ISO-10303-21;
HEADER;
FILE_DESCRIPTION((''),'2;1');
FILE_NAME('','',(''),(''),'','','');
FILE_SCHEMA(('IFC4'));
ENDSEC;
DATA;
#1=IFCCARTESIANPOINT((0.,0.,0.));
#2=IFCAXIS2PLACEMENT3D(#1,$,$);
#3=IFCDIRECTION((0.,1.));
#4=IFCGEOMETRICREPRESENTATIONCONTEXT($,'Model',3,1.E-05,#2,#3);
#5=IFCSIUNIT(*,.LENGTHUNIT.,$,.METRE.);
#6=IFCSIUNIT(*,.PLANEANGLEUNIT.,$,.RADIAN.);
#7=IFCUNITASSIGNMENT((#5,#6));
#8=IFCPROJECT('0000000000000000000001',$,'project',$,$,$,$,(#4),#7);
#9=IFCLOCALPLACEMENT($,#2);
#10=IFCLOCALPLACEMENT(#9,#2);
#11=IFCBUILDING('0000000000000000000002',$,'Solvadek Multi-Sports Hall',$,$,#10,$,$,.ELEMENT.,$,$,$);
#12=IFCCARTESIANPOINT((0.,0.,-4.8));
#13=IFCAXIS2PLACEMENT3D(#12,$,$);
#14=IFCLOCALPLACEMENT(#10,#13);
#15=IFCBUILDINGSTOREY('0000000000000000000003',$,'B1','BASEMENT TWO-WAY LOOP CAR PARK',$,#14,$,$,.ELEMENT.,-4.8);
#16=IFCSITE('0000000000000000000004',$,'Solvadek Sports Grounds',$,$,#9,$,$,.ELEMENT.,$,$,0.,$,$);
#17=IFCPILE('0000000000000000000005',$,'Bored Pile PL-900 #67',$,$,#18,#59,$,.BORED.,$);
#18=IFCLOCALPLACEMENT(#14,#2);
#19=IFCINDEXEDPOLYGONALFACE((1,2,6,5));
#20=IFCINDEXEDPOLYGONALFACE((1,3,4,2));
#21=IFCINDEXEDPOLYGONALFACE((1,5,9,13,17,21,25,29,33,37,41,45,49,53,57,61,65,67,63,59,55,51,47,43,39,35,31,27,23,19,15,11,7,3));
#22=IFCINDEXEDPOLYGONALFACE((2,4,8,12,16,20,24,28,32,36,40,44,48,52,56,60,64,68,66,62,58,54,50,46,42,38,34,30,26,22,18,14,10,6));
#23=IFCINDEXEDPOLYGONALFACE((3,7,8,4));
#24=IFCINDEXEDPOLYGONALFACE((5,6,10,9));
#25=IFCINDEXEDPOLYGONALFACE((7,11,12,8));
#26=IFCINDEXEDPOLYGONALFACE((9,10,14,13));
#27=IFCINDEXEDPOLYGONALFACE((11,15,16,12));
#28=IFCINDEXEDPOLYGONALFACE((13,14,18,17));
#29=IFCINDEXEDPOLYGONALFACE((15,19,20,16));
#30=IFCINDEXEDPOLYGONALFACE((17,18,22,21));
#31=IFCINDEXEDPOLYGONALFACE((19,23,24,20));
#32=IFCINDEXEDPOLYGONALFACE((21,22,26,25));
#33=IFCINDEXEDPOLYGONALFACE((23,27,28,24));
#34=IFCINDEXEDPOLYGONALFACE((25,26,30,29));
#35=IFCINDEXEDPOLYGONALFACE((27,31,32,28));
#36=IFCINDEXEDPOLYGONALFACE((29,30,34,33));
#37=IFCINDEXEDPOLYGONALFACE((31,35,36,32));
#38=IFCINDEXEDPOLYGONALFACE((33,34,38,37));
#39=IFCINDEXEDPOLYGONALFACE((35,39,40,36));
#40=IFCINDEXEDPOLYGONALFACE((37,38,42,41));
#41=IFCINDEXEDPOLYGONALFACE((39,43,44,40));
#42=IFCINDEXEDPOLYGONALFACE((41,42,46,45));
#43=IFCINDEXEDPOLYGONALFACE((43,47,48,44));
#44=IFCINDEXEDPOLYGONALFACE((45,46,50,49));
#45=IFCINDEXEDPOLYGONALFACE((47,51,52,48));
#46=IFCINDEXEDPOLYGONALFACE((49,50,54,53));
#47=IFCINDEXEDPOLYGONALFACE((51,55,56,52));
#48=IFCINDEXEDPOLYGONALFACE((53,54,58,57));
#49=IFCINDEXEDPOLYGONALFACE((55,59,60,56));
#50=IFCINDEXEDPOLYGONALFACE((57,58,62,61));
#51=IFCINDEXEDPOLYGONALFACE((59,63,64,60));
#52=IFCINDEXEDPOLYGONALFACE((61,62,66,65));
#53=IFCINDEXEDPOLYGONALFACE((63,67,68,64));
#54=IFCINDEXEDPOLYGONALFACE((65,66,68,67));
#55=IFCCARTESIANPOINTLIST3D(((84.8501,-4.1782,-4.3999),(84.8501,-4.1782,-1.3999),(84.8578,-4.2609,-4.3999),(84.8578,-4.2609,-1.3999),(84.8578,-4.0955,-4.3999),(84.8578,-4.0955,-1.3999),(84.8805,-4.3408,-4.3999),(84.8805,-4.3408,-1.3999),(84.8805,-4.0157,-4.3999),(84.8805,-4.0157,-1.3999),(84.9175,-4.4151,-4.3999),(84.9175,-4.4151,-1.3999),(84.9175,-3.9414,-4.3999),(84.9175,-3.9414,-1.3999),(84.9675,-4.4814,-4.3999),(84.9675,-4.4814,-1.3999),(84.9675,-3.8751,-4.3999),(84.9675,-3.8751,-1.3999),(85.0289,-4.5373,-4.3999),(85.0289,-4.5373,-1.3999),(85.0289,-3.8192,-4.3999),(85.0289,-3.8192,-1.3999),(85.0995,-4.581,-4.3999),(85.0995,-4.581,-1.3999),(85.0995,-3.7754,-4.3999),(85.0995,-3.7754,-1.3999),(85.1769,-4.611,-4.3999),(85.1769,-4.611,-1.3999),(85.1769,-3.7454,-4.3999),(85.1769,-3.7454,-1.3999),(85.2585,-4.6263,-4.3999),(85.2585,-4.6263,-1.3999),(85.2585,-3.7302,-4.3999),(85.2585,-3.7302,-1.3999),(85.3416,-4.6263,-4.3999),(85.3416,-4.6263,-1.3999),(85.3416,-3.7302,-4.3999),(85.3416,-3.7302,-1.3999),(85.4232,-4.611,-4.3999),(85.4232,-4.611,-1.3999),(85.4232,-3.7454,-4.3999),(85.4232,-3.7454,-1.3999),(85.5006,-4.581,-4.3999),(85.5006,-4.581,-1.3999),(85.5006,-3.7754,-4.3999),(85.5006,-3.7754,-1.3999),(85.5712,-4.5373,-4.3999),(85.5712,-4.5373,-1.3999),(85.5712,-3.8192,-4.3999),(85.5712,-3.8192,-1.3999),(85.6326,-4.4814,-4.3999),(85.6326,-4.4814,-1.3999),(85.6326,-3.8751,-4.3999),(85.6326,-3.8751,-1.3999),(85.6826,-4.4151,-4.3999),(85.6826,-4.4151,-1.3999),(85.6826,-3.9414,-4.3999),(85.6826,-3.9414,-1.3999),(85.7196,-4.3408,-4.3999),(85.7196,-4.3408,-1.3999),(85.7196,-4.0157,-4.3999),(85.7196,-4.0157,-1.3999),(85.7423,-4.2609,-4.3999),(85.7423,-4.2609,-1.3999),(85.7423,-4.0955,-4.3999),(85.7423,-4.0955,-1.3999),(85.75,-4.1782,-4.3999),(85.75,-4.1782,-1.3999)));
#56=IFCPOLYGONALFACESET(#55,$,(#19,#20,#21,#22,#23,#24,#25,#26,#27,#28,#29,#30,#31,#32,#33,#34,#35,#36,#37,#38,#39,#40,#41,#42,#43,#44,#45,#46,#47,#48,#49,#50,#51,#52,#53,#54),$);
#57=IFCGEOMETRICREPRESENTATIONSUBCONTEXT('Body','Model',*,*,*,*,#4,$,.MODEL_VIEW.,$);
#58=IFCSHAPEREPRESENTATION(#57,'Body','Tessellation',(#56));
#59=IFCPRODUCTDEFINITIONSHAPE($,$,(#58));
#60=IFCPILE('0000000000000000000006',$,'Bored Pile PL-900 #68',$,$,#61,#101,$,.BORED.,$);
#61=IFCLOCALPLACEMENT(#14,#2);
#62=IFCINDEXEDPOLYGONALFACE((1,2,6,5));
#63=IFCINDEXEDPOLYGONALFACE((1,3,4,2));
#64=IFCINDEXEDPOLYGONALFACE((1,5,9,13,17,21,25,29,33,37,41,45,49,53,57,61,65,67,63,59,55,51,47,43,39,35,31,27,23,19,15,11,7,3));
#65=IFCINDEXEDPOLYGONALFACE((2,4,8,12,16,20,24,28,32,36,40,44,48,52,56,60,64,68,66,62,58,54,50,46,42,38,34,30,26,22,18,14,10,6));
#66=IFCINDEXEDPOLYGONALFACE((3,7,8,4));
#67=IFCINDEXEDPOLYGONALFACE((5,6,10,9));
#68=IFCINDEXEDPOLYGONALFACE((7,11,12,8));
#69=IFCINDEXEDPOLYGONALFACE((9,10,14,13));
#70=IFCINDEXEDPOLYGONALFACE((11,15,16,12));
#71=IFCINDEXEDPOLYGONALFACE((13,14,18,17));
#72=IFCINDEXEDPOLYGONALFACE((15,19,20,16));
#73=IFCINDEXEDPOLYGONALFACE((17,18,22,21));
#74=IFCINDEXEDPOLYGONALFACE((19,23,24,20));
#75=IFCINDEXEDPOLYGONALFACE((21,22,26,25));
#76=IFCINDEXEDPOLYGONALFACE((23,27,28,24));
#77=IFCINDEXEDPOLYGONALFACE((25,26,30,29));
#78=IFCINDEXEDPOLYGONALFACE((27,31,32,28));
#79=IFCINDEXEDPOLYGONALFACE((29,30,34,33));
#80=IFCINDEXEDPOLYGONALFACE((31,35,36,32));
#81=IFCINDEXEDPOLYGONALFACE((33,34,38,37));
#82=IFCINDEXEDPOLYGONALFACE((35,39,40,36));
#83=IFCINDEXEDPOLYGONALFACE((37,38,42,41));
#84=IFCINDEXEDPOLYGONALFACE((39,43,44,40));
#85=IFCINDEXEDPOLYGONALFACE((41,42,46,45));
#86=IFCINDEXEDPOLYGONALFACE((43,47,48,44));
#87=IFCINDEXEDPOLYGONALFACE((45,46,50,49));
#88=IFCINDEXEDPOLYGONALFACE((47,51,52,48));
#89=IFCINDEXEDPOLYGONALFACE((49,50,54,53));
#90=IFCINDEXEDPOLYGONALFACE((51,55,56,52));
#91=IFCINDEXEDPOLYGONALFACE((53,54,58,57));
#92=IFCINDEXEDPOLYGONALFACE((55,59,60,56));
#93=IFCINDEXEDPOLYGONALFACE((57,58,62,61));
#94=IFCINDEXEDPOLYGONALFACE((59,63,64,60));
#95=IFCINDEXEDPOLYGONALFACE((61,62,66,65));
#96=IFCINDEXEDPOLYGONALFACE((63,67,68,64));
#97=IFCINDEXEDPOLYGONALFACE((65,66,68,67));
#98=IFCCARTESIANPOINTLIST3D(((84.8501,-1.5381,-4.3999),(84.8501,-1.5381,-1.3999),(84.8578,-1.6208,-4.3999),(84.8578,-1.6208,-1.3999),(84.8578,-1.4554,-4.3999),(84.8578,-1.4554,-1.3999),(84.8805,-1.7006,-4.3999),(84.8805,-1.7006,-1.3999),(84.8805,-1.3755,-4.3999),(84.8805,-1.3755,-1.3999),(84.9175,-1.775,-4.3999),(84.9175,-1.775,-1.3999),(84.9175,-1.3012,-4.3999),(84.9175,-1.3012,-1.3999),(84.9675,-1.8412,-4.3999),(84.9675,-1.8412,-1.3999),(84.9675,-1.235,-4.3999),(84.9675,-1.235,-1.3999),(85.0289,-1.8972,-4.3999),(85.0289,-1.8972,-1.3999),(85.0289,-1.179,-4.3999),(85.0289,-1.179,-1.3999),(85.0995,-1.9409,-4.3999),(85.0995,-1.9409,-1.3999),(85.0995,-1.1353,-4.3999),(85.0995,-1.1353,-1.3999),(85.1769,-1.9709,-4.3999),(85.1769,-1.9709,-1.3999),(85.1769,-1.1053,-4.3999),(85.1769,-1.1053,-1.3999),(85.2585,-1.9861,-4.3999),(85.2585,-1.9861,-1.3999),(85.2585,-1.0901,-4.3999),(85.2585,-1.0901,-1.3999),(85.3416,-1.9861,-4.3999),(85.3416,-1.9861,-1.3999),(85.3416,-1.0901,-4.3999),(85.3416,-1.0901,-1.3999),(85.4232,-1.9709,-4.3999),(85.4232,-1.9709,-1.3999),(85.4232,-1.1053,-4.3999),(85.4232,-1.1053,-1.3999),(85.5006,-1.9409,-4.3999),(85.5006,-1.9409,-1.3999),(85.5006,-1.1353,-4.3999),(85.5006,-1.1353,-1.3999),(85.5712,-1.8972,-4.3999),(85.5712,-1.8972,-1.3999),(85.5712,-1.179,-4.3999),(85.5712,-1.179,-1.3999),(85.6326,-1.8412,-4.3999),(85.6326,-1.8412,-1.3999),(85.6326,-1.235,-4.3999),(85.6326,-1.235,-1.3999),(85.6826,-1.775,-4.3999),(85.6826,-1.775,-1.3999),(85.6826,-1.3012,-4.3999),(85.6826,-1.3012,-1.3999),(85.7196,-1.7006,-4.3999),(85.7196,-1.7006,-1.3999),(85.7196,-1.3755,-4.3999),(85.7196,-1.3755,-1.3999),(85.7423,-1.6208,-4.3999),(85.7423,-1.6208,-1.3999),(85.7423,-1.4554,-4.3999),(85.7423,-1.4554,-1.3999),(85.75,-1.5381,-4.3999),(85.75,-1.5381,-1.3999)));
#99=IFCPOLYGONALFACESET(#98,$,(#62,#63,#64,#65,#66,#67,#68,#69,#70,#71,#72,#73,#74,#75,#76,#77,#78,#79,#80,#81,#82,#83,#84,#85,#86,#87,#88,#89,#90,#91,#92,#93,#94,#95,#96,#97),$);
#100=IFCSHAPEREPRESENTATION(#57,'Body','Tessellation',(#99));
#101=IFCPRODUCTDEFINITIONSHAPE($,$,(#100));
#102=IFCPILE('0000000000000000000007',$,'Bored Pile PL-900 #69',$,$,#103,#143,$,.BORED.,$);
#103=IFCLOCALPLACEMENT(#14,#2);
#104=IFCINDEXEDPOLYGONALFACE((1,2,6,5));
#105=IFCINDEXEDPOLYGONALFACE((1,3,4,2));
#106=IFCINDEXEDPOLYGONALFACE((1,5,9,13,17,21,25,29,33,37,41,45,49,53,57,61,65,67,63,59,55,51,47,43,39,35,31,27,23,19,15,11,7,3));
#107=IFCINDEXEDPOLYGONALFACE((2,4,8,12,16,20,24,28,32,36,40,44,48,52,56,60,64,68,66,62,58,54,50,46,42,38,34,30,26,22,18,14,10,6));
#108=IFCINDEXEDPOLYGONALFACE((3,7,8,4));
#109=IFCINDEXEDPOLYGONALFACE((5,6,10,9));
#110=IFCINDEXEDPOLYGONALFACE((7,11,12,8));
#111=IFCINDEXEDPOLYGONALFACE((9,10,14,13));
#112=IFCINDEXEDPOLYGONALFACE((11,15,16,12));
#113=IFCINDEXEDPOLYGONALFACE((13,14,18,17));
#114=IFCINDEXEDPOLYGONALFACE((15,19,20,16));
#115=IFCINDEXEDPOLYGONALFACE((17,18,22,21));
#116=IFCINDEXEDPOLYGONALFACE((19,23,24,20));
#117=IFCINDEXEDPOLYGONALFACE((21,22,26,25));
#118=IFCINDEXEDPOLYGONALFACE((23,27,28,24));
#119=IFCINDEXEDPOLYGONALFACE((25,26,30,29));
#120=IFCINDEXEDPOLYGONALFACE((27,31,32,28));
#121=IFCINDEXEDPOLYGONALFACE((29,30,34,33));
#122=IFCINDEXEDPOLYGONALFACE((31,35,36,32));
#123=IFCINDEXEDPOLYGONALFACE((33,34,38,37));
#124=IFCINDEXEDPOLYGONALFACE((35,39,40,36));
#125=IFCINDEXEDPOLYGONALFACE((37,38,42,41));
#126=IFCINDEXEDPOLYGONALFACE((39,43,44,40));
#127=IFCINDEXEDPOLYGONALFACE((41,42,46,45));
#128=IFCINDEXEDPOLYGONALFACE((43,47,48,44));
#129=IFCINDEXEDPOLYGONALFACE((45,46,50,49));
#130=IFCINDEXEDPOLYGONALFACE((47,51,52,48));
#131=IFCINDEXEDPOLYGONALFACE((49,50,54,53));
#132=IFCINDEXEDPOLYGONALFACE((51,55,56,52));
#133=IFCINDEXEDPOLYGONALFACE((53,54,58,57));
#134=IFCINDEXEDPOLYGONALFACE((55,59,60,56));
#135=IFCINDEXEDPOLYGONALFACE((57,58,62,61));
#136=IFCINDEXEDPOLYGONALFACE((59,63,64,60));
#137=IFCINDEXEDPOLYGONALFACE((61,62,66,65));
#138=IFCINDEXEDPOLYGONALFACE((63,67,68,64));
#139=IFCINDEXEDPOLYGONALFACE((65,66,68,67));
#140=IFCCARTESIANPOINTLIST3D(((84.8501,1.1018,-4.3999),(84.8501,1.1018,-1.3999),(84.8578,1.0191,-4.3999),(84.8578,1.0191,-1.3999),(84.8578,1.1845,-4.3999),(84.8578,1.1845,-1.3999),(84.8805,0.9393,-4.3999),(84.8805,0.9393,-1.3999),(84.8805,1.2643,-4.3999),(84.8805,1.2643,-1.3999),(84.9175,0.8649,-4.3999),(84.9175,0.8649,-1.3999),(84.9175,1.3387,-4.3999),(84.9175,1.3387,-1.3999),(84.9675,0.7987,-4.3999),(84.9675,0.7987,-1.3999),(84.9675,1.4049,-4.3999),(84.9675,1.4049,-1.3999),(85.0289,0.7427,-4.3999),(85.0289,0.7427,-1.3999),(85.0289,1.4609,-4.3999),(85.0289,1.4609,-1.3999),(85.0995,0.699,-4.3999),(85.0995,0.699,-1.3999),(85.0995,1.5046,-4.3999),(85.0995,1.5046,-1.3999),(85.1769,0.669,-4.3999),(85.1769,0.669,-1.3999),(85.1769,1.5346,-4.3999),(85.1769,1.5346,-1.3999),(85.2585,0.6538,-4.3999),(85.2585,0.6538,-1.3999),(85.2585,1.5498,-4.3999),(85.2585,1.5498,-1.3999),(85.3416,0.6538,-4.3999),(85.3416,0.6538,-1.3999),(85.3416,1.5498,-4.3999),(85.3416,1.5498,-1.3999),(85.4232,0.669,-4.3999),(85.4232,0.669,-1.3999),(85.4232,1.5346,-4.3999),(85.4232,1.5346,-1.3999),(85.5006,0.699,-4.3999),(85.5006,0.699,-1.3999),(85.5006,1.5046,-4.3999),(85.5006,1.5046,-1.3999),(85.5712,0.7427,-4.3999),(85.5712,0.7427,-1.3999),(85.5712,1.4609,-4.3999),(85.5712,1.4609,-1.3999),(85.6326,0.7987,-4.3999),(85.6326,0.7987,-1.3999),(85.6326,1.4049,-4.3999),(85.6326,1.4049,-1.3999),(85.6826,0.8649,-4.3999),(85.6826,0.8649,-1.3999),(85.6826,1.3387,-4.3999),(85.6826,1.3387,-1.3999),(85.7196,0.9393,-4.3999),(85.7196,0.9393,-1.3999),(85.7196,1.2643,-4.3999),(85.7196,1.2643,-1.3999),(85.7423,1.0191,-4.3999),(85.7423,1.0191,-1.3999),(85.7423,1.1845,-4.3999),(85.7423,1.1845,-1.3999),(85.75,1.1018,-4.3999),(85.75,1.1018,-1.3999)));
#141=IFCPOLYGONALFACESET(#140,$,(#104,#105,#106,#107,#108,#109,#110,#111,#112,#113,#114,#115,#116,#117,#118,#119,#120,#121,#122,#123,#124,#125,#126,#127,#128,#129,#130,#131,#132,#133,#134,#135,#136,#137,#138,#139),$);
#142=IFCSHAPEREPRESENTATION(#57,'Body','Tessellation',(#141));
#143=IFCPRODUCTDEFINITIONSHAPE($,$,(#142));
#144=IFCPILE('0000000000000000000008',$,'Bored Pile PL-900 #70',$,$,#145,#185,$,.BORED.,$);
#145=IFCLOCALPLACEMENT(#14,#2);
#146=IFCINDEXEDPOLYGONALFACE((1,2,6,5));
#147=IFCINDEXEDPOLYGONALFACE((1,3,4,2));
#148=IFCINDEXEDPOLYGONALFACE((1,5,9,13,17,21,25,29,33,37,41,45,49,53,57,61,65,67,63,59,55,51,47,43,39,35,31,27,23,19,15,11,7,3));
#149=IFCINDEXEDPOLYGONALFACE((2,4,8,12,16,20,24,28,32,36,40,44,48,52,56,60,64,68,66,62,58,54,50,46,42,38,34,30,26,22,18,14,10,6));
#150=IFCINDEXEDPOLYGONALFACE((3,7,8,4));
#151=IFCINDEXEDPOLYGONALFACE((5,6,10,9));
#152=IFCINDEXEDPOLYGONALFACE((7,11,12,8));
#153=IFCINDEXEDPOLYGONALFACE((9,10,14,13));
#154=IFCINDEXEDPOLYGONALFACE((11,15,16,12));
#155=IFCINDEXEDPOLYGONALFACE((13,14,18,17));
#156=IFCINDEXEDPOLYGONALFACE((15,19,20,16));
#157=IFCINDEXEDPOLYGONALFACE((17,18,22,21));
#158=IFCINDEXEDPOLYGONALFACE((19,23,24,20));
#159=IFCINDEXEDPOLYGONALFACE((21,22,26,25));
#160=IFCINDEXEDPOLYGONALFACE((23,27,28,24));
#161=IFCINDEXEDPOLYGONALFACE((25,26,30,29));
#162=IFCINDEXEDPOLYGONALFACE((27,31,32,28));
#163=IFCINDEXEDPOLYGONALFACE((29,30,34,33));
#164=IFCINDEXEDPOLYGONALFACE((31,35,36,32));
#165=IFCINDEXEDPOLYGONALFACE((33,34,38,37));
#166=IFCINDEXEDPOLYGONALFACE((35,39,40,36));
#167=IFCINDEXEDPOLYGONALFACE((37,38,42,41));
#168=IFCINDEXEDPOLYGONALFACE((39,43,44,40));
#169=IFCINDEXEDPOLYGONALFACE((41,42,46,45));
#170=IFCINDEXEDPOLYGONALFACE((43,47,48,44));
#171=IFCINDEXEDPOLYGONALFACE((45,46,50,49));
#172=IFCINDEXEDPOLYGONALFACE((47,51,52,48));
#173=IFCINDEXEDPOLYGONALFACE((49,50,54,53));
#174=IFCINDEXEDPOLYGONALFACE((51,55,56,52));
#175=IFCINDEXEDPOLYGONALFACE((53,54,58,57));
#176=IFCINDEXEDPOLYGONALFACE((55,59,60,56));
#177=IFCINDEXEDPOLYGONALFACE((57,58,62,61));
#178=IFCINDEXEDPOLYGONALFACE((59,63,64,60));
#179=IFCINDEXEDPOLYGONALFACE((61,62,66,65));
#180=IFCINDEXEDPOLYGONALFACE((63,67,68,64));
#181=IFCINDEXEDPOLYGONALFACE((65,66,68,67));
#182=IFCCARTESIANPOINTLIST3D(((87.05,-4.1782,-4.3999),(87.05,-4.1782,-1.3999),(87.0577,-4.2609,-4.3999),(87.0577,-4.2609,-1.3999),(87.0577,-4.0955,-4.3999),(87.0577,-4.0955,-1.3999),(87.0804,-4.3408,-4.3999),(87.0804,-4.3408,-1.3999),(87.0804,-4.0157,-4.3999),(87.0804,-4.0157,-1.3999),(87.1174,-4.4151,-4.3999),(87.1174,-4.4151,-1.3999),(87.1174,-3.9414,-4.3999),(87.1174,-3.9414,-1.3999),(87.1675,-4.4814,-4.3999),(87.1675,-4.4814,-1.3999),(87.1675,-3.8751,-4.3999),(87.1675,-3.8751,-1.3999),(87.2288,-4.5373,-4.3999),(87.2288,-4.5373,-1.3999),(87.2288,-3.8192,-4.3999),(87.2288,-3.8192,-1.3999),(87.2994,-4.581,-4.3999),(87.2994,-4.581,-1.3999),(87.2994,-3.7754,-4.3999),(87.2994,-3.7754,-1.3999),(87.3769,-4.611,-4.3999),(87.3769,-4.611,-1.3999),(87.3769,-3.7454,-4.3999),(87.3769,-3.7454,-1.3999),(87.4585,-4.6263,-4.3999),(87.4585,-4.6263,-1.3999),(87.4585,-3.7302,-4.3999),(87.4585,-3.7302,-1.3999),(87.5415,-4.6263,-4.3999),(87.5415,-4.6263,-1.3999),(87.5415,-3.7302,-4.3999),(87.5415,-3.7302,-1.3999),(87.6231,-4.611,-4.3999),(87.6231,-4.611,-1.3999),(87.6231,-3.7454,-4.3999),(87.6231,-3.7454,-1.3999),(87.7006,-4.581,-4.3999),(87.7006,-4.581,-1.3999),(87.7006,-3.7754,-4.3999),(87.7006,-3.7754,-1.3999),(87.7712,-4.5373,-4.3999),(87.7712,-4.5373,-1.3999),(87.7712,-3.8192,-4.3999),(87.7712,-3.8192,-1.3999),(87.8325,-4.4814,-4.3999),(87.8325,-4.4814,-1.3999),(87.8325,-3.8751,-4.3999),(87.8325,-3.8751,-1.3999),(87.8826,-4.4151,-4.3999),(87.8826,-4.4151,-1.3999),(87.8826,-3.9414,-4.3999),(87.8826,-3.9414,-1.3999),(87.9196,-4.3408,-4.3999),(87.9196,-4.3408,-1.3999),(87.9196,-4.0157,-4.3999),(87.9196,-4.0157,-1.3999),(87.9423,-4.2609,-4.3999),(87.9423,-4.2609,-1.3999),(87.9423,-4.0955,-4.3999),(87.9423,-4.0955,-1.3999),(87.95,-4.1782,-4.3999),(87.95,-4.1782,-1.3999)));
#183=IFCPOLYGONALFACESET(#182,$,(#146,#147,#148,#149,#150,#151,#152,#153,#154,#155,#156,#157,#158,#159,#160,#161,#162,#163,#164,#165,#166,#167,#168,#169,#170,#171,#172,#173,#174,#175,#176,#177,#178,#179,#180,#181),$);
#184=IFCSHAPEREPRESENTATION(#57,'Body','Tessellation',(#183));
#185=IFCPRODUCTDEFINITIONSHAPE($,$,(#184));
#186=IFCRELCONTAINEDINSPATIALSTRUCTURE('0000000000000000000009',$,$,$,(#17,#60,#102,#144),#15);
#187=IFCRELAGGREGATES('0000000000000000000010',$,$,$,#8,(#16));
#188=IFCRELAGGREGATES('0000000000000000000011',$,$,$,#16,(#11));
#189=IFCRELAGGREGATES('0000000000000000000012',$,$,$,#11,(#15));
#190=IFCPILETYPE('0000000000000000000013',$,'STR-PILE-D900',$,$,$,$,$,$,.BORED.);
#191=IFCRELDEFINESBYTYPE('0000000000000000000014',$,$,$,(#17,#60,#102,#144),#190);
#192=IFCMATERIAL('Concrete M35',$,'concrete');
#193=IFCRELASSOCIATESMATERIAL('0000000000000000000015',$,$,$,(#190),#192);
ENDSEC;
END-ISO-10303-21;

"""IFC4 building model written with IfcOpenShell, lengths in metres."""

from ifc_helpers import new_model, si_unit, direction, frame, origin, origin_2d, place, context, subcontext, project, spatial, circle, extrude, material, material_profile, profile_set, type_object, element, save


model = new_model("IFC4")

# Units and contexts
model_context = context("Model", 3, precision=1e-05, world=origin(), true_north=direction((0.0, 1.0)))
body_context = subcontext(model_context, "Body", "Model", "MODEL_VIEW")
ifc_project = project(units=[si_unit("LENGTHUNIT", "METRE"), si_unit("PLANEANGLEUNIT", "RADIAN")], contexts=[model_context])

# Site, building, storey
site_placement = place(None, origin())
site = spatial("IfcSite", under=ifc_project, at=site_placement, Name="Solvadek Sports Grounds", CompositionType="ELEMENT", RefElevation=0.0)
building_placement = place(site_placement, origin())
building = spatial("IfcBuilding", under=site, at=building_placement, Name="Solvadek Multi-Sports Hall", CompositionType="ELEMENT")
storey_placement = place(building_placement, frame((0.0, 0.0, -4.8)))
storey = spatial("IfcBuildingStorey", under=building, at=storey_placement, Name="B1", Description="BASEMENT TWO-WAY LOOP CAR PARK", CompositionType="ELEMENT", Elevation=-4.8)

# Piles
ifc_material_1 = material(Name="Concrete M35", Category="concrete")
ifc_material_profile_1 = material_profile(ifc_material_1, circle(Radius=0.45, at=origin_2d()), Name="BORED PILE D900")
ifc_profile_set_1 = profile_set([ifc_material_profile_1], Name="Concrete M35")
pile_type_1 = type_object("IfcPileType", Name="STR-PILE-D900", PredefinedType="BORED", material=ifc_profile_set_1)
for number, where, z_axis, x_axis, name in (
    (1, (85.3, -4.1782, -1.3999), (0.0, 0.0, -1.0), (1.0, 0.0, 0.0), "Bored Pile PL-900 #67"),
    (2, (85.3, -1.5381, -1.3999), (0.0, 0.0, -1.0), (1.0, 0.0, 0.0), "Bored Pile PL-900 #68"),
    (3, (85.3, 1.1018, -1.3999), (0.0, 0.0, -1.0), (1.0, 0.0, 0.0), "Bored Pile PL-900 #69"),
    (4, (87.5, -4.1782, -1.3999), (0.0, 0.0, -1.0), (1.0, 0.0, 0.0), "Bored Pile PL-900 #70"),
):
    element("IfcPile", number, at=place(storey_placement, frame(where, z_axis=z_axis, x_axis=x_axis)), inside=storey, type_object=pile_type_1, Name=name, PredefinedType="BORED", context=body_context, shape_type="SweptSolid", body=[
        extrude(circle(Radius=0.45, at=origin_2d()), origin(), (0.0, 0.0, 1.0), 3.0),
    ])

save(model, "model.ifc")
